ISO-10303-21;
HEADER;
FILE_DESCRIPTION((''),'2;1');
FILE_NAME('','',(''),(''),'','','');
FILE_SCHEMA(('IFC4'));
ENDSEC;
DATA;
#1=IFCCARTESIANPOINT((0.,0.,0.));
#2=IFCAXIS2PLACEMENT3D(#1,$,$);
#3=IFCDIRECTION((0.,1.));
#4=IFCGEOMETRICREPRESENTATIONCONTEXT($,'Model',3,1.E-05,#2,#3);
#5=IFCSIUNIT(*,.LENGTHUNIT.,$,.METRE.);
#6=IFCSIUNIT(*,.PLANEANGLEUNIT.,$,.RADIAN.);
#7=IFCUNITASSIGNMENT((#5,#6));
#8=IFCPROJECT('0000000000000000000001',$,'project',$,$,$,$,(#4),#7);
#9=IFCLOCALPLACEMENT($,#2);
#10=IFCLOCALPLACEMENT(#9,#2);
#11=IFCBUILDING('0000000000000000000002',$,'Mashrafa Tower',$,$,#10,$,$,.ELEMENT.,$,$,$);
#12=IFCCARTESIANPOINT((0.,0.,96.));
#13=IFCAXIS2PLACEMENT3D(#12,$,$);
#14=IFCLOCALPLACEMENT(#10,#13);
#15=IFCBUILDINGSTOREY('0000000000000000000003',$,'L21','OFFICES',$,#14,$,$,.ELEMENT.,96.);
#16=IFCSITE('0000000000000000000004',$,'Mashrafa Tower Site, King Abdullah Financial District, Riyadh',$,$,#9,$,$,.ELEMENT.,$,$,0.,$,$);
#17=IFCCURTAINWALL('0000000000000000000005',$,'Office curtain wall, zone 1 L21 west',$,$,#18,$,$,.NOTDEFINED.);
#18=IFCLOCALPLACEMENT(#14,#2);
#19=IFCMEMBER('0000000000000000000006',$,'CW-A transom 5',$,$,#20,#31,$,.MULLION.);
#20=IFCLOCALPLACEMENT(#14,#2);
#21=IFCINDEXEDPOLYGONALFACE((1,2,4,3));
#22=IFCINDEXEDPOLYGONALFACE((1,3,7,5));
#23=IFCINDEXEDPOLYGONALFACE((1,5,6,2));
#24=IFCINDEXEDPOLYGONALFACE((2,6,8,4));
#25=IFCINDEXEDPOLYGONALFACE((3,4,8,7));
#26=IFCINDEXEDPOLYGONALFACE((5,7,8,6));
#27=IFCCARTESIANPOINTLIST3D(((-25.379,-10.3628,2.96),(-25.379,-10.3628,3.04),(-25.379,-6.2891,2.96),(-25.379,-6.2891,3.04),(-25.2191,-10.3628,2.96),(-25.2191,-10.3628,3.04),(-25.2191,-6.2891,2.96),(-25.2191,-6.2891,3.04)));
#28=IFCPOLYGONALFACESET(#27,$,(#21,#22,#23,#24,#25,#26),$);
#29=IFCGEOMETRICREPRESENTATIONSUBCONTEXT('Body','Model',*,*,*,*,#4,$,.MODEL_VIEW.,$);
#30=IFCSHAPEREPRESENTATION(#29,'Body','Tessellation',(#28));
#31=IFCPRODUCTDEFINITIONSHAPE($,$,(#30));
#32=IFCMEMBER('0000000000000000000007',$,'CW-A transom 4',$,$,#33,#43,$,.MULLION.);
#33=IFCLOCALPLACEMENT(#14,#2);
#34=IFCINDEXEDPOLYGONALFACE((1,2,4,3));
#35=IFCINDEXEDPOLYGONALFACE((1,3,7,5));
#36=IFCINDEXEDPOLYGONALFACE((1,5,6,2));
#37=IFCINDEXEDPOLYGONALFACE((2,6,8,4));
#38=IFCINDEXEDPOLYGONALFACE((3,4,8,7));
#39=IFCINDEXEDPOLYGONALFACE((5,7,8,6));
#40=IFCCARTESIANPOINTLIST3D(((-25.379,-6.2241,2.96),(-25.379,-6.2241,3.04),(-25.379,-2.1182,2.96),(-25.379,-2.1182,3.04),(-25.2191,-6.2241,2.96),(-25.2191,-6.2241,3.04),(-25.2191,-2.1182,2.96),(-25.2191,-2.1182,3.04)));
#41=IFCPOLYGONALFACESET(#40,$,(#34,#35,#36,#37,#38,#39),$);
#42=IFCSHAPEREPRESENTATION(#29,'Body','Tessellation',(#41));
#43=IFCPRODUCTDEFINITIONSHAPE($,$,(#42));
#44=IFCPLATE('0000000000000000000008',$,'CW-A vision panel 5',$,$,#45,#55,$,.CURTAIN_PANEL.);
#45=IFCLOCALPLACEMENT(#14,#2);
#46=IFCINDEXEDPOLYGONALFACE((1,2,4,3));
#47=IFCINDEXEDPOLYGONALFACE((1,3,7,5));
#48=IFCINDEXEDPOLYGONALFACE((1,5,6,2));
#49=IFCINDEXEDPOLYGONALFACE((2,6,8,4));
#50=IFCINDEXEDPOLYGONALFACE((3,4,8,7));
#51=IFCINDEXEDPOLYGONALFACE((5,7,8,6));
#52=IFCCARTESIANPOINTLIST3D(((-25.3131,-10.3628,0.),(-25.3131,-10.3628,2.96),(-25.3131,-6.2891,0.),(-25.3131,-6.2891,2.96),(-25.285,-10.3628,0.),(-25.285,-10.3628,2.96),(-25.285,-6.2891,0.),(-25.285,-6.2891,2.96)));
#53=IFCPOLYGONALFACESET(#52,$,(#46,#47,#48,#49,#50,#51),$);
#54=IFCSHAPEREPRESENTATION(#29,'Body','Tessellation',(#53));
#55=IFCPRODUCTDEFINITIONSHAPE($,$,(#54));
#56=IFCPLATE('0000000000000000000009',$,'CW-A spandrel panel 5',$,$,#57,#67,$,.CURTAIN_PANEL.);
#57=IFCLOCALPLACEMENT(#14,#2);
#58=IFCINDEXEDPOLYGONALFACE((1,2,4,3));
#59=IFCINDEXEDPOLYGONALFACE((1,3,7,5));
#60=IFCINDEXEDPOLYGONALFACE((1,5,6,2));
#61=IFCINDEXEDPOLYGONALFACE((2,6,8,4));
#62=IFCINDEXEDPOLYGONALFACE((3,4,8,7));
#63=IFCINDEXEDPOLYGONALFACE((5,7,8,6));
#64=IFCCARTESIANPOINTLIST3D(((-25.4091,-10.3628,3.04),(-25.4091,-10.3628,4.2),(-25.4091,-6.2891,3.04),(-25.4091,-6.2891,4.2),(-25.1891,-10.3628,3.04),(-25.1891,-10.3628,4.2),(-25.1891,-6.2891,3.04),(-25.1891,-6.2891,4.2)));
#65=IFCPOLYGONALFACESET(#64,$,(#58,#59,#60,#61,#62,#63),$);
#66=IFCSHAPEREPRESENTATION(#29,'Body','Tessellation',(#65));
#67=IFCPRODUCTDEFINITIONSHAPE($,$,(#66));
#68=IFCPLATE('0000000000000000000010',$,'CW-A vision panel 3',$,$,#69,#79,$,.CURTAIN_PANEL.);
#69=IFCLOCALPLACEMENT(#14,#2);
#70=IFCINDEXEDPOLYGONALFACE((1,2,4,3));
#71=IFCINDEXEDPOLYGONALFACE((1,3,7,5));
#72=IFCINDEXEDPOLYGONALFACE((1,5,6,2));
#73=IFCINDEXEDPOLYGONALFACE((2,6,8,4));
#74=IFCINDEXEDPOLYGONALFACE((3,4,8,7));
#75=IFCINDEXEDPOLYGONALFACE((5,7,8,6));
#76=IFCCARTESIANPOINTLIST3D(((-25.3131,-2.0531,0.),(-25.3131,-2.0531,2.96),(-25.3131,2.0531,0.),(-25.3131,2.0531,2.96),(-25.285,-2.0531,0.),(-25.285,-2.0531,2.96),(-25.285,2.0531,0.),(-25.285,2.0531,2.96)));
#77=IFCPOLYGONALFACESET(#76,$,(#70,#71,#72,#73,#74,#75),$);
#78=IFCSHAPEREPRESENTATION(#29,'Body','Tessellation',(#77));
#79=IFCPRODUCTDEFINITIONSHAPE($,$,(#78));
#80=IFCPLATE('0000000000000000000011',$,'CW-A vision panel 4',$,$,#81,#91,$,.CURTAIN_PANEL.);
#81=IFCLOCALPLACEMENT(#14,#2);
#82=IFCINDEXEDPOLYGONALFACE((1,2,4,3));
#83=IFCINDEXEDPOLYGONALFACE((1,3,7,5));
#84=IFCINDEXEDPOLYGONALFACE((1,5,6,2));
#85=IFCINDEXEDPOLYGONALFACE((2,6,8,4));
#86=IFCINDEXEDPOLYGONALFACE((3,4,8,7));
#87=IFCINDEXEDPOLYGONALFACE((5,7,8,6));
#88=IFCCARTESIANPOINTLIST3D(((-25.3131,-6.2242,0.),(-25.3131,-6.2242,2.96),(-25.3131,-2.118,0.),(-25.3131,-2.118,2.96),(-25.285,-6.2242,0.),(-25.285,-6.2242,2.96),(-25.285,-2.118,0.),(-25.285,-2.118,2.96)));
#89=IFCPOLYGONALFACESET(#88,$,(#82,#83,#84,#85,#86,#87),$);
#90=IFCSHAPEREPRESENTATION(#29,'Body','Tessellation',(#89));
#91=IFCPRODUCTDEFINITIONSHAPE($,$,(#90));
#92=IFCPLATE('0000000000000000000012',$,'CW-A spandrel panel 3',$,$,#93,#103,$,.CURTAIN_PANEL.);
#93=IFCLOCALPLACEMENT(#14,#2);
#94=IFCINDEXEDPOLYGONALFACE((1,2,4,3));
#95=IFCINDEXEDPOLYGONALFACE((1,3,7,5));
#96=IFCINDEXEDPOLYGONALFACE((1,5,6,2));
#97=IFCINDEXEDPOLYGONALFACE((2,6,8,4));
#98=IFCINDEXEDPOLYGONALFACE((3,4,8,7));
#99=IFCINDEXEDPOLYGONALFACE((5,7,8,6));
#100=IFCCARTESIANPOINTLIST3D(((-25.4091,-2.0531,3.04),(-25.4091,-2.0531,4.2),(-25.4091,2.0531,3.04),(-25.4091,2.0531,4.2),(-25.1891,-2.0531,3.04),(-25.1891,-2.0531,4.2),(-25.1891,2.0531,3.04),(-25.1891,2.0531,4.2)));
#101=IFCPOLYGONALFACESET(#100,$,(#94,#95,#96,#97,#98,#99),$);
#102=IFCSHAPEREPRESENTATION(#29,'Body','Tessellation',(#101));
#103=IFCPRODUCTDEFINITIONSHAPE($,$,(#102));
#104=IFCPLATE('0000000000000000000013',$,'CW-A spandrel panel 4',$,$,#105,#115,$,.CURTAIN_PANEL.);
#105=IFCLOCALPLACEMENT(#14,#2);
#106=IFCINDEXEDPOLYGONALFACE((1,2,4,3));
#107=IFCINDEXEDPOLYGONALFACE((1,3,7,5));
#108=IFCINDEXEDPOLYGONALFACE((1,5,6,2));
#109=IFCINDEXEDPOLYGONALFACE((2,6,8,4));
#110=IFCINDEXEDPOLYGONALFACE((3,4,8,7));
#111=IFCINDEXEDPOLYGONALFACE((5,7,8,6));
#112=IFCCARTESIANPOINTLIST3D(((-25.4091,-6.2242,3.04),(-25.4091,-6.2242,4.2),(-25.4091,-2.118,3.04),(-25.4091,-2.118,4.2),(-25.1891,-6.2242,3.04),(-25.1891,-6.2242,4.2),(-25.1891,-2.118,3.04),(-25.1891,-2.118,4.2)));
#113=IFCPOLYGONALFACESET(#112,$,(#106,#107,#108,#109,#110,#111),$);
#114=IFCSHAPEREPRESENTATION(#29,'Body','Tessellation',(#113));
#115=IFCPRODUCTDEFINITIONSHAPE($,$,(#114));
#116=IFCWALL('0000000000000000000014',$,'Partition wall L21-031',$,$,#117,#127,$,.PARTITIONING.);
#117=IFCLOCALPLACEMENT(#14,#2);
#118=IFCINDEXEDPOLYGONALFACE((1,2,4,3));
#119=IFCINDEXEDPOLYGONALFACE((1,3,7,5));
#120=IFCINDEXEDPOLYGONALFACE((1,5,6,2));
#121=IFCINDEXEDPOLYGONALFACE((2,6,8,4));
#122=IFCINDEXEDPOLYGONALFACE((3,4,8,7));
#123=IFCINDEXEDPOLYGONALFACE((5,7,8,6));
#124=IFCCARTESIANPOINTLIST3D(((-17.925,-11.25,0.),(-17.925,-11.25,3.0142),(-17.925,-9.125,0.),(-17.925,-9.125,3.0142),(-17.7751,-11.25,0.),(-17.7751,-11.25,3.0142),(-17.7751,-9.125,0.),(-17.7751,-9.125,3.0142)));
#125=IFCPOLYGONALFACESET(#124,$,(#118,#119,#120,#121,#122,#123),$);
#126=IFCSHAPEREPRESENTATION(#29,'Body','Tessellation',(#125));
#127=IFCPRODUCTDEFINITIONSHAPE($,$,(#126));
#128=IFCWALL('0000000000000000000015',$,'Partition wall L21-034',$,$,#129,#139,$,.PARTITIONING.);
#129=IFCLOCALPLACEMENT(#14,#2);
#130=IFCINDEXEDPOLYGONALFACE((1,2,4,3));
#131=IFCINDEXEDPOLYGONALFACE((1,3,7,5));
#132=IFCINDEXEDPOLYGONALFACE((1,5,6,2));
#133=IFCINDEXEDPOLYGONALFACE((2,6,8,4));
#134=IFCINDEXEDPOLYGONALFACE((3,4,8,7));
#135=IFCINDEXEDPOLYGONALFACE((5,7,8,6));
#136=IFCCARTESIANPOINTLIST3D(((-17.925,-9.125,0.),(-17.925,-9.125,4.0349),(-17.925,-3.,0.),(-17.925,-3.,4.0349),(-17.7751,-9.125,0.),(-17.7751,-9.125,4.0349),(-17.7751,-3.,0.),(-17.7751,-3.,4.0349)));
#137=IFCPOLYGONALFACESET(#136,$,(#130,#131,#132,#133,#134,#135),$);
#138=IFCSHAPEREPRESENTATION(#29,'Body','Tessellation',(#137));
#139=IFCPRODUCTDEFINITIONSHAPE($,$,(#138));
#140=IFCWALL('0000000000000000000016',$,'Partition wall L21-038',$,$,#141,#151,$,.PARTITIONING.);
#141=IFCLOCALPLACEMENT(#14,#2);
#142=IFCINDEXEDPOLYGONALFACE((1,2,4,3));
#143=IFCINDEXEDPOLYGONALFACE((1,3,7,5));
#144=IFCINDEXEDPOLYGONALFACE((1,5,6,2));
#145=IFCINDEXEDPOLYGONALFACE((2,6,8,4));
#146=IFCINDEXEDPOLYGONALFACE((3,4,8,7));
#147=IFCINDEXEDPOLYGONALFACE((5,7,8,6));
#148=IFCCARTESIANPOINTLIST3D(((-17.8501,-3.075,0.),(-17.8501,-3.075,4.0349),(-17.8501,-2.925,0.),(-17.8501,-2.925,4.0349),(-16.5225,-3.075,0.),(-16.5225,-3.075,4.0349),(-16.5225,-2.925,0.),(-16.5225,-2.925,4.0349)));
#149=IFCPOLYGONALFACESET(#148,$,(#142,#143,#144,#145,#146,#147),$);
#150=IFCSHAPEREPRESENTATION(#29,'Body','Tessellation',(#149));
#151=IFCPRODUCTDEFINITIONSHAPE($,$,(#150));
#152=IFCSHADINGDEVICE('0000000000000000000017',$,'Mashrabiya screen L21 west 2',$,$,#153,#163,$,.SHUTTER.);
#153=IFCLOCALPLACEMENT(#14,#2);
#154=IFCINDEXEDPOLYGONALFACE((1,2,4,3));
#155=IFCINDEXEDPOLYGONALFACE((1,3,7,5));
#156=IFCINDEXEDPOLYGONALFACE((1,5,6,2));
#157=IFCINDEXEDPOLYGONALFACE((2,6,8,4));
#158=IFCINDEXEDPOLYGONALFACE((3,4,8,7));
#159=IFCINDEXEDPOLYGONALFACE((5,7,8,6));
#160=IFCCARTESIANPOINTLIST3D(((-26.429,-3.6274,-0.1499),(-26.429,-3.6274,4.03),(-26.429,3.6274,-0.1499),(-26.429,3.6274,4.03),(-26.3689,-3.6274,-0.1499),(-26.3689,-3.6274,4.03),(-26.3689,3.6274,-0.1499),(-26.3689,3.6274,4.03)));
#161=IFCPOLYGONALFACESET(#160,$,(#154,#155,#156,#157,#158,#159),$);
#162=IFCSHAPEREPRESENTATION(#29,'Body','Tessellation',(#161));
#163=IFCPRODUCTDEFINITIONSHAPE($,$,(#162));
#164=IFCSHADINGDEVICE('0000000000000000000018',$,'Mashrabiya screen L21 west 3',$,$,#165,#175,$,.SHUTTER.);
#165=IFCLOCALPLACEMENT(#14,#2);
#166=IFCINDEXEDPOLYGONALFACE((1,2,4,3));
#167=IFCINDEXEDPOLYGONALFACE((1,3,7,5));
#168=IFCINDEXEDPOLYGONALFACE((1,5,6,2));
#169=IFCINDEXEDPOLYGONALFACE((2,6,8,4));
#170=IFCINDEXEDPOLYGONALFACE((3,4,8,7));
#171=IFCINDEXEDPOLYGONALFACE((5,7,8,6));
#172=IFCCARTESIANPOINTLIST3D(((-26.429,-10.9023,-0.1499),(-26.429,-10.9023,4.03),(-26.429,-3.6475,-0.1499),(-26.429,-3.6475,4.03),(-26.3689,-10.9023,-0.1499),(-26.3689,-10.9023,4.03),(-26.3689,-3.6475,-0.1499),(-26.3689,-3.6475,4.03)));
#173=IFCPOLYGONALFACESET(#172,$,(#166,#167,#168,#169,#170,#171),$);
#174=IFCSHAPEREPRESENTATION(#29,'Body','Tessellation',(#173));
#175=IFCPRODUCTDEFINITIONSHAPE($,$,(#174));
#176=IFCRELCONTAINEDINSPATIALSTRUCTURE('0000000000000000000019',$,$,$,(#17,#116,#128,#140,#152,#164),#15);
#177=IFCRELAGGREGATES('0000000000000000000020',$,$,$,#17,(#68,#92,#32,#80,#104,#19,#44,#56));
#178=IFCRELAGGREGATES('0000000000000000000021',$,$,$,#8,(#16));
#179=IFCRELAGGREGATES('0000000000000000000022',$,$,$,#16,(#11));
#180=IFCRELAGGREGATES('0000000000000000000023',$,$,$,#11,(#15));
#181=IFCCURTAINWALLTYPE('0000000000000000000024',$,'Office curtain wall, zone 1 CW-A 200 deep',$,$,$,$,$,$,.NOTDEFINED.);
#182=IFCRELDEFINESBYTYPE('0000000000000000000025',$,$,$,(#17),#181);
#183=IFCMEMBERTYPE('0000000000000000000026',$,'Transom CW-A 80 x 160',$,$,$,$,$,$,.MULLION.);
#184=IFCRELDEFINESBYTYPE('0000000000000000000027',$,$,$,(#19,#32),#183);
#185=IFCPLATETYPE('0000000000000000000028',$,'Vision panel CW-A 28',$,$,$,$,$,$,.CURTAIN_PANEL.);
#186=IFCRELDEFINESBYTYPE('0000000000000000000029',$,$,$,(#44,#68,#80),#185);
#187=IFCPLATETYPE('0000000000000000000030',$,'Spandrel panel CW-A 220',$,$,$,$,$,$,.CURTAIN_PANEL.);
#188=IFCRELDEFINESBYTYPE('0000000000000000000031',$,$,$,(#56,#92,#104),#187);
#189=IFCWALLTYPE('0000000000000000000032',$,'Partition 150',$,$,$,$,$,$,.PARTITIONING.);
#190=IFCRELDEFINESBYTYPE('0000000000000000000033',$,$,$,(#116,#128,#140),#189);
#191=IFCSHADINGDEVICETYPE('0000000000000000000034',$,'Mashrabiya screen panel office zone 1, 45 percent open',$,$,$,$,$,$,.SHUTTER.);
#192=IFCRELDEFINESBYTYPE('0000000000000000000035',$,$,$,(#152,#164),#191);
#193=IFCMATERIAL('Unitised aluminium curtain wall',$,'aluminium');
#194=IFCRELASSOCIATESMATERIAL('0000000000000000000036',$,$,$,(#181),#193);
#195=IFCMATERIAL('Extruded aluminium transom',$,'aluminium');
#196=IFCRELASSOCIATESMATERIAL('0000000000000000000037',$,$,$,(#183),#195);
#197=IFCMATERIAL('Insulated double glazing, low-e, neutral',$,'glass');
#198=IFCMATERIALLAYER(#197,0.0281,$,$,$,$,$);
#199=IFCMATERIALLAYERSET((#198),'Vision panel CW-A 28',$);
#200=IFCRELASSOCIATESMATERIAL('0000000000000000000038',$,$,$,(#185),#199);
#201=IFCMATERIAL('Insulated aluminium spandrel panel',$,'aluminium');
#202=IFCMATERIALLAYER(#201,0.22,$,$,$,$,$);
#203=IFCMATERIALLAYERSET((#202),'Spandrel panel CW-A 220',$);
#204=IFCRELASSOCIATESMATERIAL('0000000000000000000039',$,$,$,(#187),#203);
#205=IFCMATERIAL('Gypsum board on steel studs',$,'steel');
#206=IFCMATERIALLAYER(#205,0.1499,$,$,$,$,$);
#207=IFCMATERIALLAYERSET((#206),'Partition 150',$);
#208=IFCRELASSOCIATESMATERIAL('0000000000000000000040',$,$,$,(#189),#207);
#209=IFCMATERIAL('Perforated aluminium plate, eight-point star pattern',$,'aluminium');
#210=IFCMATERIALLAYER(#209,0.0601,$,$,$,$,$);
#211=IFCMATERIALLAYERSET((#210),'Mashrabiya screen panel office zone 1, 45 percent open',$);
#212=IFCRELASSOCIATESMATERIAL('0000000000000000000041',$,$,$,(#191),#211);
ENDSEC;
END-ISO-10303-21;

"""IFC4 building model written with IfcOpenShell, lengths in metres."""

from ifc_helpers import new_model, si_unit, direction, frame, frame_2d, origin, origin_2d, place, context, subcontext, project, spatial, rectangle, extrude, source, transform, mapped, material, layer, layer_set, material_profile, profile_set, type_object, type_shapes, element, aggregate, save


model = new_model("IFC4")

# Units and contexts
model_context = context("Model", 3, precision=1e-05, world=origin(), true_north=direction((0.0, 1.0)))
body_context = subcontext(model_context, "Body", "Model", "MODEL_VIEW")
ifc_project = project(units=[si_unit("LENGTHUNIT", "METRE"), si_unit("PLANEANGLEUNIT", "RADIAN")], contexts=[model_context])

# Site, building, storey
site_placement = place(None, origin())
site = spatial("IfcSite", under=ifc_project, at=site_placement, Name="Mashrafa Tower Site, King Abdullah Financial District, Riyadh", CompositionType="ELEMENT", RefElevation=0.0)
building_placement = place(site_placement, origin())
building = spatial("IfcBuilding", under=site, at=building_placement, Name="Mashrafa Tower", CompositionType="ELEMENT")
storey_placement = place(building_placement, frame((0.0, 0.0, 96.0)))
storey = spatial("IfcBuildingStorey", under=building, at=storey_placement, Name="L21", Description="OFFICES", CompositionType="ELEMENT", Elevation=96.0)

# Curtain wall, members, plates
ifc_material_1 = material(Name="Unitised aluminium curtain wall", Category="aluminium")
curtain_wall_type = type_object("IfcCurtainWallType", Name="Office curtain wall, zone 1 CW-A 200 deep", PredefinedType="NOTDEFINED", material=ifc_material_1)
curtain_wall_placement = place(storey_placement, origin())
curtain_wall = element("IfcCurtainWall", 1, at=curtain_wall_placement, inside=storey, type_object=curtain_wall_type, Name="Office curtain wall, zone 1 L21 west", PredefinedType="NOTDEFINED")
ifc_material_2 = material(Name="Extruded aluminium transom", Category="aluminium")
ifc_material_profile_1 = material_profile(ifc_material_2, rectangle(XDim=0.1599, YDim=0.0801, at=origin_2d()), Name="Transom 80x160")
ifc_profile_set_1 = profile_set([ifc_material_profile_1], Name="Extruded aluminium transom")
member_type_1 = type_object("IfcMemberType", Name="Transom CW-A 80 x 160", PredefinedType="MULLION", material=ifc_profile_set_1)
shared_shape_1 = source(origin(), body_context, "Body", "SweptSolid", [
    extrude(rectangle(XDim=0.1599, YDim=0.0801, at=origin_2d()), origin(), (0.0, 0.0, 1.0), 4.0737),
])
member_1_placement = place(storey_placement, frame((-25.2991, -6.2891, 3.0), z_axis=(0.0, -1.0, 0.0), x_axis=(1.0, 0.0, 0.0)))
member_1 = element("IfcMember", 2, at=member_1_placement, type_object=member_type_1, Name="CW-A transom 5", PredefinedType="MULLION", context=body_context, shape_type="MappedRepresentation", body=[
    mapped(shared_shape_1, transform((0.0, 0.0, 0.0))),
])
shared_shape_2 = source(origin(), body_context, "Body", "SweptSolid", [
    extrude(rectangle(XDim=0.1599, YDim=0.0801, at=origin_2d()), origin(), (0.0, 0.0, 1.0), 4.106),
])
type_shapes(member_type_1, [shared_shape_1, shared_shape_2])
member_2_placement = place(storey_placement, frame((-25.2991, -2.1182, 3.0), z_axis=(0.0, -1.0, 0.0), x_axis=(1.0, 0.0, 0.0)))
member_2 = element("IfcMember", 3, at=member_2_placement, type_object=member_type_1, Name="CW-A transom 4", PredefinedType="MULLION", context=body_context, shape_type="MappedRepresentation", body=[
    mapped(shared_shape_2, transform((0.0, 0.0, 0.0))),
])
ifc_material_3 = material(Name="Insulated double glazing, low-e, neutral", Category="glass")
ifc_layer_1 = layer(ifc_material_3, 0.0281)
ifc_layer_set_1 = layer_set([ifc_layer_1], Name="Vision panel CW-A 28")
plate_type_1 = type_object("IfcPlateType", Name="Vision panel CW-A 28", PredefinedType="CURTAIN_PANEL", material=ifc_layer_set_1)
shared_shape_3 = source(origin(), body_context, "Body", "SweptSolid", [
    extrude(rectangle(XDim=4.0737, YDim=0.0281, at=origin_2d()), origin(), (0.0, 0.0, 1.0), 2.96),
])
plate_1_placement = place(storey_placement, frame((-25.2991, -8.3259, 0.0), z_axis=(0.0, 0.0, 1.0), x_axis=(0.0, -1.0, 0.0)))
plate_1 = element("IfcPlate", 4, at=plate_1_placement, type_object=plate_type_1, Name="CW-A vision panel 5", PredefinedType="CURTAIN_PANEL", context=body_context, shape_type="MappedRepresentation", body=[
    mapped(shared_shape_3, transform((0.0, 0.0, 0.0))),
])
ifc_material_4 = material(Name="Insulated aluminium spandrel panel", Category="aluminium")
ifc_layer_2 = layer(ifc_material_4, 0.22)
ifc_layer_set_2 = layer_set([ifc_layer_2], Name="Spandrel panel CW-A 220")
plate_type_2 = type_object("IfcPlateType", Name="Spandrel panel CW-A 220", PredefinedType="CURTAIN_PANEL", material=ifc_layer_set_2)
shared_shape_4 = source(origin(), body_context, "Body", "SweptSolid", [
    extrude(rectangle(XDim=4.0737, YDim=0.22, at=origin_2d()), origin(), (0.0, 0.0, 1.0), 1.1599),
])
plate_2_placement = place(storey_placement, frame((-25.2991, -8.3259, 3.04), z_axis=(0.0, 0.0, 1.0), x_axis=(0.0, -1.0, 0.0)))
plate_2 = element("IfcPlate", 5, at=plate_2_placement, type_object=plate_type_2, Name="CW-A spandrel panel 5", PredefinedType="CURTAIN_PANEL", context=body_context, shape_type="MappedRepresentation", body=[
    mapped(shared_shape_4, transform((0.0, 0.0, 0.0))),
])
shared_shape_5 = source(origin(), body_context, "Body", "SweptSolid", [
    extrude(rectangle(XDim=4.1062, YDim=0.0281, at=origin_2d()), origin(), (0.0, 0.0, 1.0), 2.96),
])
type_shapes(plate_type_1, [shared_shape_3, shared_shape_5])
plate_3_placement = place(storey_placement, frame((-25.2991, 0.0, 0.0), z_axis=(0.0, 0.0, 1.0), x_axis=(0.0, -1.0, 0.0)))
plate_3 = element("IfcPlate", 6, at=plate_3_placement, type_object=plate_type_1, Name="CW-A vision panel 3", PredefinedType="CURTAIN_PANEL", context=body_context, shape_type="MappedRepresentation", body=[
    mapped(shared_shape_5, transform((0.0, 0.0, 0.0))),
])
plate_4_placement = place(storey_placement, frame((-25.2991, -4.1711, 0.0), z_axis=(0.0, 0.0, 1.0), x_axis=(0.0, -1.0, 0.0)))
plate_4 = element("IfcPlate", 7, at=plate_4_placement, type_object=plate_type_1, Name="CW-A vision panel 4", PredefinedType="CURTAIN_PANEL", context=body_context, shape_type="MappedRepresentation", body=[
    mapped(shared_shape_5, transform((0.0, 0.0, 0.0))),
])
shared_shape_6 = source(origin(), body_context, "Body", "SweptSolid", [
    extrude(rectangle(XDim=4.1062, YDim=0.22, at=origin_2d()), origin(), (0.0, 0.0, 1.0), 1.1599),
])
type_shapes(plate_type_2, [shared_shape_4, shared_shape_6])
plate_5_placement = place(storey_placement, frame((-25.2991, 0.0, 3.04), z_axis=(0.0, 0.0, 1.0), x_axis=(0.0, -1.0, 0.0)))
plate_5 = element("IfcPlate", 8, at=plate_5_placement, type_object=plate_type_2, Name="CW-A spandrel panel 3", PredefinedType="CURTAIN_PANEL", context=body_context, shape_type="MappedRepresentation", body=[
    mapped(shared_shape_6, transform((0.0, 0.0, 0.0))),
])
plate_6_placement = place(storey_placement, frame((-25.2991, -4.1711, 3.04), z_axis=(0.0, 0.0, 1.0), x_axis=(0.0, -1.0, 0.0)))
plate_6 = element("IfcPlate", 9, at=plate_6_placement, type_object=plate_type_2, Name="CW-A spandrel panel 4", PredefinedType="CURTAIN_PANEL", context=body_context, shape_type="MappedRepresentation", body=[
    mapped(shared_shape_6, transform((0.0, 0.0, 0.0))),
])
aggregate(curtain_wall, [plate_3, plate_5, member_2, plate_4, plate_6, member_1, plate_1, plate_2])

# Walls
ifc_material_5 = material(Name="Gypsum board on steel studs", Category="steel")
ifc_layer_3 = layer(ifc_material_5, 0.1499)
ifc_layer_set_3 = layer_set([ifc_layer_3], Name="Partition 150")
wall_type = type_object("IfcWallType", Name="Partition 150", PredefinedType="PARTITIONING", material=ifc_layer_set_3)
wall_1_placement = place(storey_placement, frame((-17.8501, -9.125, 0.0), z_axis=(0.0, 0.0, 1.0), x_axis=(0.0, -1.0, 0.0)))
element("IfcWall", 10, at=wall_1_placement, inside=storey, type_object=wall_type, Name="Partition wall L21-031", PredefinedType="PARTITIONING", context=body_context, shape_type="SweptSolid", body=[
    extrude(rectangle(XDim=2.125, YDim=0.1499, at=frame_2d((1.0625, 0.0))), origin(), (0.0, 0.0, 1.0), 3.0142),
])
wall_2_placement = place(storey_placement, frame((-17.8501, -9.125, 0.0), z_axis=(0.0, 0.0, 1.0), x_axis=(0.0, 1.0, 0.0)))
element("IfcWall", 11, at=wall_2_placement, inside=storey, type_object=wall_type, Name="Partition wall L21-034", PredefinedType="PARTITIONING", context=body_context, shape_type="SweptSolid", body=[
    extrude(rectangle(XDim=6.125, YDim=0.1499, at=frame_2d((3.0625, 0.0))), origin(), (0.0, 0.0, 1.0), 4.0349),
])
wall_3_placement = place(storey_placement, frame((-16.5225, -3.0, 0.0), z_axis=(0.0, 0.0, 1.0), x_axis=(-1.0, 0.0, 0.0)))
element("IfcWall", 12, at=wall_3_placement, inside=storey, type_object=wall_type, Name="Partition wall L21-038", PredefinedType="PARTITIONING", context=body_context, shape_type="SweptSolid", body=[
    extrude(rectangle(XDim=1.3276, YDim=0.1499, at=frame_2d((0.6638, 0.0))), origin(), (0.0, 0.0, 1.0), 4.0349),
])

# Shading devices
ifc_material_6 = material(Name="Perforated aluminium plate, eight-point star pattern", Category="aluminium")
ifc_layer_4 = layer(ifc_material_6, 0.0601)
ifc_layer_set_4 = layer_set([ifc_layer_4], Name="Mashrabiya screen panel office zone 1, 45 percent open")
shading_device_type = type_object("IfcShadingDeviceType", Name="Mashrabiya screen panel office zone 1, 45 percent open", PredefinedType="SHUTTER", material=ifc_layer_set_4)
shared_shape_7 = source(origin(), body_context, "Body", "SweptSolid", [
    extrude(rectangle(XDim=7.2549, YDim=0.0601, at=origin_2d()), origin(), (0.0, 0.0, 1.0), 4.1799),
])
type_shapes(shading_device_type, [shared_shape_7])
for number, where, z_axis, x_axis, name in (
    (13, (-26.3989, 0.0, -0.1499), (0.0, 0.0, 1.0), (0.0, -1.0, 0.0), "Mashrabiya screen L21 west 2"),
    (14, (-26.3989, -7.2749, -0.1499), (0.0, 0.0, 1.0), (0.0, -1.0, 0.0), "Mashrabiya screen L21 west 3"),
):
    element("IfcShadingDevice", number, at=place(storey_placement, frame(where, z_axis=z_axis, x_axis=x_axis)), inside=storey, type_object=shading_device_type, Name=name, PredefinedType="SHUTTER", context=body_context, shape_type="MappedRepresentation", body=[
        mapped(shared_shape_7, transform((0.0, 0.0, 0.0))),
    ])

save(model, "model.ifc")
